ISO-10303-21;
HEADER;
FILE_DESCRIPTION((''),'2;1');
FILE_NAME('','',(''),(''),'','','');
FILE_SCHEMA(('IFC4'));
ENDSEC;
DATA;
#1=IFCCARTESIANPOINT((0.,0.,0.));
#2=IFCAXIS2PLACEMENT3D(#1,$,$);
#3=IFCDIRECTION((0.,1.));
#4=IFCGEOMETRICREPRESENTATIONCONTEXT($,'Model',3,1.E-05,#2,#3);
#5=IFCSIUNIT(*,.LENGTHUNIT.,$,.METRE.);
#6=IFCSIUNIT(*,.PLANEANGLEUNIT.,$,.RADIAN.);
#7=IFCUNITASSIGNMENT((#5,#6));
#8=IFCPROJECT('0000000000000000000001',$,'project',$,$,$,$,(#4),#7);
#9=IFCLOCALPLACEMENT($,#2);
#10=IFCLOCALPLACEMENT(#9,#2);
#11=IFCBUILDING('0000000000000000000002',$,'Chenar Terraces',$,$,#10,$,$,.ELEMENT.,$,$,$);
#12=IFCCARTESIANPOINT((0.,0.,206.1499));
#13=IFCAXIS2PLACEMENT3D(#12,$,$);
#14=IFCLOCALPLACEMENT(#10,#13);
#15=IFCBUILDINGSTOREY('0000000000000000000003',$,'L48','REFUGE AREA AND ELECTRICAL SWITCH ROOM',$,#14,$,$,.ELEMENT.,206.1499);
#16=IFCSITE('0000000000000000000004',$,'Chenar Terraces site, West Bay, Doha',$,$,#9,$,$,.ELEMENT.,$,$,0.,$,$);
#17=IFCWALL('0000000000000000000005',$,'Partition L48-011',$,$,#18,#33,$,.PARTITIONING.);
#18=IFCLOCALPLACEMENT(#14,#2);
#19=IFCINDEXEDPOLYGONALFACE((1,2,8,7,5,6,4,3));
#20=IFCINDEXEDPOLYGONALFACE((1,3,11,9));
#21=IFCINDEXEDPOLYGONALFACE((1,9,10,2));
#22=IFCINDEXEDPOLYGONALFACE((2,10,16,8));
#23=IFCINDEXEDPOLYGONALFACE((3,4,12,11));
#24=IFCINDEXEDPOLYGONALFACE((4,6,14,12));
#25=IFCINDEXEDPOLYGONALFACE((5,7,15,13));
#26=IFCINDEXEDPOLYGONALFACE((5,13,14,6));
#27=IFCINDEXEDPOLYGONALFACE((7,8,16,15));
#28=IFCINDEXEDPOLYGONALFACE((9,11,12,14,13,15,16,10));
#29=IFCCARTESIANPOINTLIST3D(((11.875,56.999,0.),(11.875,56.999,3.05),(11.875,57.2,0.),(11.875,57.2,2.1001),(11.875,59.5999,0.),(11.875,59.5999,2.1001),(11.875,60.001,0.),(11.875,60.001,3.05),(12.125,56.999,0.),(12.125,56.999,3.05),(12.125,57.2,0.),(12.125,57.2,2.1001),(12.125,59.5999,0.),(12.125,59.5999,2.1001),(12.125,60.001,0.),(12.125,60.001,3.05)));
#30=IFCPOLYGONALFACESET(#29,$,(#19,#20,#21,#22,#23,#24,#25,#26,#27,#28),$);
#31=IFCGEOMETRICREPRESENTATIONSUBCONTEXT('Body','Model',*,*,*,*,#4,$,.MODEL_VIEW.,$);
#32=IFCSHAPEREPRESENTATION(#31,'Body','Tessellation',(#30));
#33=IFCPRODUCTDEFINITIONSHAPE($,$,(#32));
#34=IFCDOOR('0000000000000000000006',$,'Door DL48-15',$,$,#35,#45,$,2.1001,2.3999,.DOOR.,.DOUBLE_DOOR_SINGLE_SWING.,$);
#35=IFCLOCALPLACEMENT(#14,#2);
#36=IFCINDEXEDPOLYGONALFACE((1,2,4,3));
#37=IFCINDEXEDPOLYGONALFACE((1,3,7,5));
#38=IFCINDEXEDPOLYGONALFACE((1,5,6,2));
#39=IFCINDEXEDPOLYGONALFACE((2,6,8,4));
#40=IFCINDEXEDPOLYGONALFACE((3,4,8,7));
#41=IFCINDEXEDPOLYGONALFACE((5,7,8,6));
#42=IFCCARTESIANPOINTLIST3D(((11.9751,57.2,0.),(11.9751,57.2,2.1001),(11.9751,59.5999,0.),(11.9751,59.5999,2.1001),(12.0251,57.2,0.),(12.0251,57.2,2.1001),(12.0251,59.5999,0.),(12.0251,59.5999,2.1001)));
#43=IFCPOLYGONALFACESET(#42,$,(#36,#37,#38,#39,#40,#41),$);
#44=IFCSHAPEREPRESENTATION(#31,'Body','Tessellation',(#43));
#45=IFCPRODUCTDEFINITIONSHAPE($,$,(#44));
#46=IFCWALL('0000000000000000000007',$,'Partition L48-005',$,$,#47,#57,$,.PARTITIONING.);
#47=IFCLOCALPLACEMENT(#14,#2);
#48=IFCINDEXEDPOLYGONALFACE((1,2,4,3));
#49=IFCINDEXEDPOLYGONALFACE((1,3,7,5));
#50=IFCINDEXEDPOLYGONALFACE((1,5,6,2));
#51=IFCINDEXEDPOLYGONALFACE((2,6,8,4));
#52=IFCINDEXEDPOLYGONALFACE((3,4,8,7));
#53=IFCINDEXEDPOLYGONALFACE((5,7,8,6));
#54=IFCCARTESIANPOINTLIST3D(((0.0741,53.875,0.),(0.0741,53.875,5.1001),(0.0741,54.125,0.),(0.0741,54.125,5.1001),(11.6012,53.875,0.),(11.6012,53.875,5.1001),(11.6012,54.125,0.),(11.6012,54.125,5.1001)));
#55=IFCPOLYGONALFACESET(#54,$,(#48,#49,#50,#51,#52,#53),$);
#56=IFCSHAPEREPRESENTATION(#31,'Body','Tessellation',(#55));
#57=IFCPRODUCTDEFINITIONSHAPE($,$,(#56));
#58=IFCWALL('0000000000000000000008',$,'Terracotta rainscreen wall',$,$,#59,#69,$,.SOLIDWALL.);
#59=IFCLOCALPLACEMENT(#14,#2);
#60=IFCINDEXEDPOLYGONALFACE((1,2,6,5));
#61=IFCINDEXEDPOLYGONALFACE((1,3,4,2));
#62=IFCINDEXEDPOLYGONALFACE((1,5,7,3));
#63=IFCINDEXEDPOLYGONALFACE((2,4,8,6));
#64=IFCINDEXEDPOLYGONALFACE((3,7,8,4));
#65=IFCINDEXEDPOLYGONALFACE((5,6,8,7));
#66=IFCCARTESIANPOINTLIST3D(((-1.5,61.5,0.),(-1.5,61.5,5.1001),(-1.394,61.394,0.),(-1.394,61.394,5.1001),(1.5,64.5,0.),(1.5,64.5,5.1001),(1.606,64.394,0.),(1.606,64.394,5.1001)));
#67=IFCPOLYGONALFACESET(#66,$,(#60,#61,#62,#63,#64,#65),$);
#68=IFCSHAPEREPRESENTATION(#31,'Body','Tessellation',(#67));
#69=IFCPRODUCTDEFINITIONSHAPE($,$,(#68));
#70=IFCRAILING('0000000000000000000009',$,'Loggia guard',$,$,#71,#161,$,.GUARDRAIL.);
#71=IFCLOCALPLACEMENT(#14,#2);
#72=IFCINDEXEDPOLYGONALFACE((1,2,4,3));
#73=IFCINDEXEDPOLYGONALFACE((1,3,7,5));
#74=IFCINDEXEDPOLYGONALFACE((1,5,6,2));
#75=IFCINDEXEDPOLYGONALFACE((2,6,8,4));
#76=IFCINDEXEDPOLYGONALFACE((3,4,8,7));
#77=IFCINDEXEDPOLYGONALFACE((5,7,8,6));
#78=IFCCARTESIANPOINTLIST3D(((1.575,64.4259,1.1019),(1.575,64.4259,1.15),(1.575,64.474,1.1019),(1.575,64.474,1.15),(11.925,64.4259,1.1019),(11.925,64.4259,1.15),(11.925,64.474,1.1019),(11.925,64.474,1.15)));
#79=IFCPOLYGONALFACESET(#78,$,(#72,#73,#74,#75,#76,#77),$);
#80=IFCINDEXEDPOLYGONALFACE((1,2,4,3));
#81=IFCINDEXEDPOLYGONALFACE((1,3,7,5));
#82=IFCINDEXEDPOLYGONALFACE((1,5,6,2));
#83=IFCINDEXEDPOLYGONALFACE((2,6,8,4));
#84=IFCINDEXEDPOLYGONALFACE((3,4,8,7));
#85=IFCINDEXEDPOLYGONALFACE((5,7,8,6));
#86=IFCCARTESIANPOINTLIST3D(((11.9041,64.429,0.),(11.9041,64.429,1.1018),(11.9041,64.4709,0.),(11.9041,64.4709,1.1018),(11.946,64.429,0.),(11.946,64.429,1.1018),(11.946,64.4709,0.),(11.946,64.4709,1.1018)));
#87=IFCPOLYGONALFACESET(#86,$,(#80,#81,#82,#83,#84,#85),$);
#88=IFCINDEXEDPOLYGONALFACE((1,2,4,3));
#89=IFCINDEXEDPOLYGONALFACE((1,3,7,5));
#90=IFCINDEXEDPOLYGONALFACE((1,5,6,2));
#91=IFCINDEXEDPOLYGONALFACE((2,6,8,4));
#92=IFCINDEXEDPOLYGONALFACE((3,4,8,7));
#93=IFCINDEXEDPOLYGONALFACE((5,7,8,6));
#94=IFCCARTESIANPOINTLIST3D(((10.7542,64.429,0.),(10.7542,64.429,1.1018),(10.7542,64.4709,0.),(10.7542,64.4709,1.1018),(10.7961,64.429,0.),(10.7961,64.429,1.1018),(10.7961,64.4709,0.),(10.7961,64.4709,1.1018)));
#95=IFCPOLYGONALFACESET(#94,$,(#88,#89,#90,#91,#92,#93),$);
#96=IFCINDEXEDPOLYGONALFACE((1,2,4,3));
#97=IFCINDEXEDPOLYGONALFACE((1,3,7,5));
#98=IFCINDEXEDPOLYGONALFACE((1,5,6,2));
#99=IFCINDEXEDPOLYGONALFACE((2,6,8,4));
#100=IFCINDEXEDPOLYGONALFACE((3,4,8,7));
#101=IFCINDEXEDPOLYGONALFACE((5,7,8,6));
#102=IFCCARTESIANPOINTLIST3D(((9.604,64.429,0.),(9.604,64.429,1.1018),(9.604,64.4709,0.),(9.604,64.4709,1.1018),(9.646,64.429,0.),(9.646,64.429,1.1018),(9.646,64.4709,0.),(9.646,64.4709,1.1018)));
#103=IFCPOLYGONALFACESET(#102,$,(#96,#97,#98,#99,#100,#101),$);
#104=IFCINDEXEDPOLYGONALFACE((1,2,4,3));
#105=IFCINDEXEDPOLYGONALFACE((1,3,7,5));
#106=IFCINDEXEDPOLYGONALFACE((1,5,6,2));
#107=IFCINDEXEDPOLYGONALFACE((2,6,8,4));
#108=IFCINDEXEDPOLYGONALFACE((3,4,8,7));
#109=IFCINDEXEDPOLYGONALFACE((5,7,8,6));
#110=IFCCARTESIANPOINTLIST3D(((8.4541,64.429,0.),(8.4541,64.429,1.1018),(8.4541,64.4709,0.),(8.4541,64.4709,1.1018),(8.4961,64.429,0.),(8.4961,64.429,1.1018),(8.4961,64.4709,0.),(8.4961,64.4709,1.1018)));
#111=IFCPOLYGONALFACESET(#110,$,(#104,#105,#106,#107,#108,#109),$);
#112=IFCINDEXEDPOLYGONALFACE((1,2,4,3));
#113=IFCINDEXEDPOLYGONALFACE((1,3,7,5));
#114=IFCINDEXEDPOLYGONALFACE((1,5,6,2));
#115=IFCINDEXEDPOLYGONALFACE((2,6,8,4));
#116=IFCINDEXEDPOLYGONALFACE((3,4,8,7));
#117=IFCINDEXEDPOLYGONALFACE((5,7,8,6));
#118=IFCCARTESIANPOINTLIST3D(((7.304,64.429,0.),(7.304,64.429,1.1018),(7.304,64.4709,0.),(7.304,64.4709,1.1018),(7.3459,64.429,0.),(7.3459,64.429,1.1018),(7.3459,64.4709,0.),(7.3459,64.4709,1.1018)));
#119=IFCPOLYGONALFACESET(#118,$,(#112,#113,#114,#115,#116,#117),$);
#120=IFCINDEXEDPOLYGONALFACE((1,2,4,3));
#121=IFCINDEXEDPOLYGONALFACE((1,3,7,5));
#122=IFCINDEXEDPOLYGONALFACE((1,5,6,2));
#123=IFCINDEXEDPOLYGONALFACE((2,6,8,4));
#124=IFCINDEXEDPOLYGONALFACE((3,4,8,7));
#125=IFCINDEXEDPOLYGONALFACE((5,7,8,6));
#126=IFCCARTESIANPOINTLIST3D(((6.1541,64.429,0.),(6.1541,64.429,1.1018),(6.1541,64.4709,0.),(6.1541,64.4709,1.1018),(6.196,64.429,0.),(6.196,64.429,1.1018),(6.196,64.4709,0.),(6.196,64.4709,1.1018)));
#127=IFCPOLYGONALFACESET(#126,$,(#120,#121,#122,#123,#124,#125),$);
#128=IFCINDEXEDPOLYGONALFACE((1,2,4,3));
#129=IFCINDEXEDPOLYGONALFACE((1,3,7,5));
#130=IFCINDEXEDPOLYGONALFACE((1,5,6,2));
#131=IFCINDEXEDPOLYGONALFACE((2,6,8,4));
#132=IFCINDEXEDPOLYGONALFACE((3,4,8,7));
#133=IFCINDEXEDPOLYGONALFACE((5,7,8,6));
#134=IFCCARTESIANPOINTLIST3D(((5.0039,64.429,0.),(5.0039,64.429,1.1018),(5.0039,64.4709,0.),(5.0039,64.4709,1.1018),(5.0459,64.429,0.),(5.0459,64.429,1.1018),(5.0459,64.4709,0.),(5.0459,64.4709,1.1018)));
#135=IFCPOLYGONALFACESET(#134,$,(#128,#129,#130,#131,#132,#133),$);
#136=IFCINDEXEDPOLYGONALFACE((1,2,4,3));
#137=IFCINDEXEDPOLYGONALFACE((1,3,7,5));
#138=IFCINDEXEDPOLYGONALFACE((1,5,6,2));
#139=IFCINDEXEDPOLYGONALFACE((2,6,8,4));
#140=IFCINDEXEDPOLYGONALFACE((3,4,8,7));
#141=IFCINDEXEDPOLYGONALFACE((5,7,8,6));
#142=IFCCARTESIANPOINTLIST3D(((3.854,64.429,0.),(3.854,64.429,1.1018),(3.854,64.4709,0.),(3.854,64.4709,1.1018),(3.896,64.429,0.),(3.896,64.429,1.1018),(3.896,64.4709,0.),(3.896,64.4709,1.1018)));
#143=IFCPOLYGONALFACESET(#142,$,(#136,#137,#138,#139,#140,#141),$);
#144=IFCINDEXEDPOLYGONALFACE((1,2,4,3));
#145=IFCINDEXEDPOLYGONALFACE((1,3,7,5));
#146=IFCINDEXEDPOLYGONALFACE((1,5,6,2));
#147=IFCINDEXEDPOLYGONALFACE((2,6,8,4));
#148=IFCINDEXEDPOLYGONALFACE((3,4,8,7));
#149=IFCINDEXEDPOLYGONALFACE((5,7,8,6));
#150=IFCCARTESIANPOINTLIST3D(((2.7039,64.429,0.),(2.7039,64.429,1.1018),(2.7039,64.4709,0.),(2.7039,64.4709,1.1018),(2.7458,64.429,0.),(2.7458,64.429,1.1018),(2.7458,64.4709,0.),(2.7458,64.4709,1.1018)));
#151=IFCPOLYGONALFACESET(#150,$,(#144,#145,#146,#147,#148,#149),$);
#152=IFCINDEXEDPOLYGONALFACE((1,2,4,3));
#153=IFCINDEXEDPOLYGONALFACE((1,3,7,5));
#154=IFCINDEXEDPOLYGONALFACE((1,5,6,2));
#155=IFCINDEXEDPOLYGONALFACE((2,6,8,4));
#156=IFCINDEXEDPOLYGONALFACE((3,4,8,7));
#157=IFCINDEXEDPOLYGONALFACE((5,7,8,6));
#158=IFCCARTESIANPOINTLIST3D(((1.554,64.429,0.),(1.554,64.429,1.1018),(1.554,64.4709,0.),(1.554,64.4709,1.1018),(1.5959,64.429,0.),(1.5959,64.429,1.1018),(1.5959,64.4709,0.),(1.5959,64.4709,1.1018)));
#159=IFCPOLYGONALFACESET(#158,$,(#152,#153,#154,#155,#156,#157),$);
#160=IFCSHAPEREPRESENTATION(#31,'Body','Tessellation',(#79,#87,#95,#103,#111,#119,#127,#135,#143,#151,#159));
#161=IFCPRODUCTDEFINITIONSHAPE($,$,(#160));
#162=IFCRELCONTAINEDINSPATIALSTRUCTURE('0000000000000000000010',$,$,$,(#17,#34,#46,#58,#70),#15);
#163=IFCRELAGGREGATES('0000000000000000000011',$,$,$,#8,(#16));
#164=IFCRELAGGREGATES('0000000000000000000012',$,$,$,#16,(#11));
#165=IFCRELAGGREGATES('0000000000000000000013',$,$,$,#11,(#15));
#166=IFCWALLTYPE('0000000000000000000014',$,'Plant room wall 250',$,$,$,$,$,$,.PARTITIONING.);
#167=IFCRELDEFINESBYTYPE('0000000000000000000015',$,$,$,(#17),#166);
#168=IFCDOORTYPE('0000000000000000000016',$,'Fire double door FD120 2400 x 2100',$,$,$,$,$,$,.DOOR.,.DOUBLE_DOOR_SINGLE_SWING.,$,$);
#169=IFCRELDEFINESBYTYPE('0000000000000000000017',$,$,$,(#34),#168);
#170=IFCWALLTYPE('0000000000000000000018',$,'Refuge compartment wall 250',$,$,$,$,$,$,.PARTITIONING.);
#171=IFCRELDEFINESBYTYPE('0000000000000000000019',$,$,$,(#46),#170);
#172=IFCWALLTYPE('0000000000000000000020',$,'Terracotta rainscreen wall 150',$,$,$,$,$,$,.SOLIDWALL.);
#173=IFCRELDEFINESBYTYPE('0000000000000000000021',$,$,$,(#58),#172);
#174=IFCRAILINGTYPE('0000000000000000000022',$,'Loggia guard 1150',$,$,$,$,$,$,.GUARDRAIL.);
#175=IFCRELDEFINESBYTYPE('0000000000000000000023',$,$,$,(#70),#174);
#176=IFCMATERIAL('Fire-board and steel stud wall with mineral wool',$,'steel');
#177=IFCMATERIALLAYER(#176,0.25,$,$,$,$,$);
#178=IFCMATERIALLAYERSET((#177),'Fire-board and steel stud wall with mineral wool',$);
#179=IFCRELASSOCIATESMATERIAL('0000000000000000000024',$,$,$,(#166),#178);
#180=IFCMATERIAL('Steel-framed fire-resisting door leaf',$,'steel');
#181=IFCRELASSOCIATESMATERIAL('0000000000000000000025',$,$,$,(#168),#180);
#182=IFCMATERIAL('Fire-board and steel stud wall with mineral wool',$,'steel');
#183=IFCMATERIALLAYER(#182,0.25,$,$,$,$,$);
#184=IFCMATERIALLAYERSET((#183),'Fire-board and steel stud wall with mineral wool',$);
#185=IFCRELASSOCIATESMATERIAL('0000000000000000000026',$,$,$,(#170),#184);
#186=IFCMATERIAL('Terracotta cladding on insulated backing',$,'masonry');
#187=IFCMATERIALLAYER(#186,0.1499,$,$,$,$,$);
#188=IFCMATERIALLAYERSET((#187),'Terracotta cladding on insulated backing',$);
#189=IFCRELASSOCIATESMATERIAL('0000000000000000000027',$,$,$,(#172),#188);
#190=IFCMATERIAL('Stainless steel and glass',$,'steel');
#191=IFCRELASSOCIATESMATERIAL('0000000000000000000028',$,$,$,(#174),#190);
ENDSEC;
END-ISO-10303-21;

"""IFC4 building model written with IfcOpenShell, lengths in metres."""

from ifc_helpers import new_model, si_unit, direction, frame, frame_2d, origin, origin_2d, place, context, subcontext, project, spatial, rectangle, extrude, material, layer, layer_set, type_object, element, fill, save


model = new_model("IFC4")

# Units and contexts
model_context = context("Model", 3, precision=1e-05, world=origin(), true_north=direction((0.0, 1.0)))
body_context = subcontext(model_context, "Body", "Model", "MODEL_VIEW")
ifc_project = project(units=[si_unit("LENGTHUNIT", "METRE"), si_unit("PLANEANGLEUNIT", "RADIAN")], contexts=[model_context])

# Site, building, storey
site_placement = place(None, origin())
site = spatial("IfcSite", under=ifc_project, at=site_placement, Name="Chenar Terraces site, West Bay, Doha", CompositionType="ELEMENT", RefElevation=0.0)
building_placement = place(site_placement, origin())
building = spatial("IfcBuilding", under=site, at=building_placement, Name="Chenar Terraces", CompositionType="ELEMENT")
storey_placement = place(building_placement, frame((0.0, 0.0, 206.1499)))
storey = spatial("IfcBuildingStorey", under=building, at=storey_placement, Name="L48", Description="REFUGE AREA AND ELECTRICAL SWITCH ROOM", CompositionType="ELEMENT", Elevation=206.1499)

# Wall, opening, door
ifc_material_1 = material(Name="Fire-board and steel stud wall with mineral wool", Category="steel")
ifc_layer_1 = layer(ifc_material_1, 0.25)
ifc_layer_set_1 = layer_set([ifc_layer_1], Name="Fire-board and steel stud wall with mineral wool")
wall_type_1 = type_object("IfcWallType", Name="Plant room wall 250", PredefinedType="PARTITIONING", material=ifc_layer_set_1)
wall_1_placement = place(storey_placement, frame((12.0, 56.999, 0.0), z_axis=(0.0, 0.0, 1.0), x_axis=(0.0, 1.0, 0.0)))
wall_1 = element("IfcWall", 1, at=wall_1_placement, inside=storey, type_object=wall_type_1, Name="Partition L48-011", PredefinedType="PARTITIONING", context=body_context, shape_type="SweptSolid", body=[
    extrude(rectangle(XDim=3.002, YDim=0.25, at=frame_2d((1.501, 0.0))), origin(), (0.0, 0.0, 1.0), 3.05),
])
opening_1_placement = place(wall_1_placement, frame((0.2009, 0.0, 0.0)))
opening_1 = element("IfcOpeningElement", 2, at=opening_1_placement, cuts=wall_1, PredefinedType="OPENING", context=body_context, shape_type="SweptSolid", body=[
    extrude(rectangle(XDim=2.3999, YDim=2.1001, at=frame_2d((1.2, 1.05))), frame((0.0, 0.135, 0.0), z_axis=(0.0, -1.0, 0.0), x_axis=(1.0, 0.0, 0.0)), (0.0, 0.0, 1.0), 0.27),
])
ifc_material_2 = material(Name="Steel-framed fire-resisting door leaf", Category="steel")
door_type = type_object("IfcDoorType", Name="Fire double door FD120 2400 x 2100", OperationType="DOUBLE_DOOR_SINGLE_SWING", PredefinedType="DOOR", material=ifc_material_2)
door_placement = place(opening_1_placement, origin())
door = element("IfcDoor", 3, at=door_placement, inside=storey, type_object=door_type, Name="Door DL48-15", OperationType="DOUBLE_DOOR_SINGLE_SWING", OverallHeight=2.1001, OverallWidth=2.3999, PredefinedType="DOOR", context=body_context, shape_type="SweptSolid", body=[
    extrude(rectangle(XDim=2.3999, YDim=2.1001, at=frame_2d((1.2, 1.05))), frame((0.0, 0.0249, 0.0), z_axis=(0.0, -1.0, 0.0), x_axis=(1.0, 0.0, 0.0)), (0.0, 0.0, 1.0), 0.05),
])
fill(opening_1, door)

# Walls
ifc_material_3 = material(Name="Fire-board and steel stud wall with mineral wool", Category="steel")
ifc_layer_2 = layer(ifc_material_3, 0.25)
ifc_layer_set_2 = layer_set([ifc_layer_2], Name="Fire-board and steel stud wall with mineral wool")
wall_type_2 = type_object("IfcWallType", Name="Refuge compartment wall 250", PredefinedType="PARTITIONING", material=ifc_layer_set_2)
wall_2_placement = place(storey_placement, frame((0.074, 54.0, 0.0), z_axis=(0.0, 0.0, 1.0), x_axis=(1.0, 0.0, 0.0)))
element("IfcWall", 4, at=wall_2_placement, inside=storey, type_object=wall_type_2, Name="Partition L48-005", PredefinedType="PARTITIONING", context=body_context, shape_type="SweptSolid", body=[
    extrude(rectangle(XDim=11.5271, YDim=0.25, at=frame_2d((5.7637, 0.0))), origin(), (0.0, 0.0, 1.0), 5.1001),
])
ifc_material_4 = material(Name="Terracotta cladding on insulated backing", Category="masonry")
ifc_layer_3 = layer(ifc_material_4, 0.1499)
ifc_layer_set_3 = layer_set([ifc_layer_3], Name="Terracotta cladding on insulated backing")
wall_type_3 = type_object("IfcWallType", Name="Terracotta rainscreen wall 150", PredefinedType="SOLIDWALL", material=ifc_layer_set_3)
wall_3_placement = place(storey_placement, frame((1.553, 64.447, 0.0), z_axis=(0.0, 0.0, 1.0), x_axis=(-0.707107, -0.707107, 0.0)))
element("IfcWall", 5, at=wall_3_placement, inside=storey, type_object=wall_type_3, Name="Terracotta rainscreen wall", PredefinedType="SOLIDWALL", context=body_context, shape_type="SweptSolid", body=[
    extrude(rectangle(XDim=4.2427, YDim=0.1499, at=frame_2d((2.1213, 0.0))), origin(), (0.0, 0.0, 1.0), 5.1001),
])

# Railing
ifc_material_5 = material(Name="Stainless steel and glass", Category="steel")
railing_type = type_object("IfcRailingType", Name="Loggia guard 1150", PredefinedType="GUARDRAIL", material=ifc_material_5)
railing_1_placement = place(storey_placement, frame((11.925, 64.45, 0.0)))
element("IfcRailing", 6, at=railing_1_placement, inside=storey, type_object=railing_type, Name="Loggia guard", PredefinedType="GUARDRAIL", context=body_context, shape_type="SweptSolid", body=[
    extrude(rectangle(XDim=0.0481, YDim=0.0481, at=origin_2d()), frame((0.0, 0.0, 1.126), z_axis=(-1.0, 0.0, 0.0), x_axis=(0.0, -1.0, 0.0)), (0.0, 0.0, 1.0), 10.3501),
    extrude(rectangle(XDim=0.042, YDim=0.042, at=origin_2d()), origin(), (0.0, 0.0, 1.0), 1.1018),
    extrude(rectangle(XDim=0.042, YDim=0.042, at=origin_2d()), frame((-1.1499, 0.0, 0.0)), (0.0, 0.0, 1.0), 1.1018),
    extrude(rectangle(XDim=0.042, YDim=0.042, at=origin_2d()), frame((-2.3, 0.0, 0.0)), (0.0, 0.0, 1.0), 1.1018),
    extrude(rectangle(XDim=0.042, YDim=0.042, at=origin_2d()), frame((-3.45, 0.0, 0.0)), (0.0, 0.0, 1.0), 1.1018),
    extrude(rectangle(XDim=0.042, YDim=0.042, at=origin_2d()), frame((-4.6001, 0.0, 0.0)), (0.0, 0.0, 1.0), 1.1018),
    extrude(rectangle(XDim=0.042, YDim=0.042, at=origin_2d()), frame((-5.75, 0.0, 0.0)), (0.0, 0.0, 1.0), 1.1018),
    extrude(rectangle(XDim=0.042, YDim=0.042, at=origin_2d()), frame((-6.9001, 0.0, 0.0)), (0.0, 0.0, 1.0), 1.1018),
    extrude(rectangle(XDim=0.042, YDim=0.042, at=origin_2d()), frame((-8.05, 0.0, 0.0)), (0.0, 0.0, 1.0), 1.1018),
    extrude(rectangle(XDim=0.042, YDim=0.042, at=origin_2d()), frame((-9.2002, 0.0, 0.0)), (0.0, 0.0, 1.0), 1.1018),
    extrude(rectangle(XDim=0.042, YDim=0.042, at=origin_2d()), frame((-10.3501, 0.0, 0.0)), (0.0, 0.0, 1.0), 1.1018),
])

save(model, "model.ifc")
